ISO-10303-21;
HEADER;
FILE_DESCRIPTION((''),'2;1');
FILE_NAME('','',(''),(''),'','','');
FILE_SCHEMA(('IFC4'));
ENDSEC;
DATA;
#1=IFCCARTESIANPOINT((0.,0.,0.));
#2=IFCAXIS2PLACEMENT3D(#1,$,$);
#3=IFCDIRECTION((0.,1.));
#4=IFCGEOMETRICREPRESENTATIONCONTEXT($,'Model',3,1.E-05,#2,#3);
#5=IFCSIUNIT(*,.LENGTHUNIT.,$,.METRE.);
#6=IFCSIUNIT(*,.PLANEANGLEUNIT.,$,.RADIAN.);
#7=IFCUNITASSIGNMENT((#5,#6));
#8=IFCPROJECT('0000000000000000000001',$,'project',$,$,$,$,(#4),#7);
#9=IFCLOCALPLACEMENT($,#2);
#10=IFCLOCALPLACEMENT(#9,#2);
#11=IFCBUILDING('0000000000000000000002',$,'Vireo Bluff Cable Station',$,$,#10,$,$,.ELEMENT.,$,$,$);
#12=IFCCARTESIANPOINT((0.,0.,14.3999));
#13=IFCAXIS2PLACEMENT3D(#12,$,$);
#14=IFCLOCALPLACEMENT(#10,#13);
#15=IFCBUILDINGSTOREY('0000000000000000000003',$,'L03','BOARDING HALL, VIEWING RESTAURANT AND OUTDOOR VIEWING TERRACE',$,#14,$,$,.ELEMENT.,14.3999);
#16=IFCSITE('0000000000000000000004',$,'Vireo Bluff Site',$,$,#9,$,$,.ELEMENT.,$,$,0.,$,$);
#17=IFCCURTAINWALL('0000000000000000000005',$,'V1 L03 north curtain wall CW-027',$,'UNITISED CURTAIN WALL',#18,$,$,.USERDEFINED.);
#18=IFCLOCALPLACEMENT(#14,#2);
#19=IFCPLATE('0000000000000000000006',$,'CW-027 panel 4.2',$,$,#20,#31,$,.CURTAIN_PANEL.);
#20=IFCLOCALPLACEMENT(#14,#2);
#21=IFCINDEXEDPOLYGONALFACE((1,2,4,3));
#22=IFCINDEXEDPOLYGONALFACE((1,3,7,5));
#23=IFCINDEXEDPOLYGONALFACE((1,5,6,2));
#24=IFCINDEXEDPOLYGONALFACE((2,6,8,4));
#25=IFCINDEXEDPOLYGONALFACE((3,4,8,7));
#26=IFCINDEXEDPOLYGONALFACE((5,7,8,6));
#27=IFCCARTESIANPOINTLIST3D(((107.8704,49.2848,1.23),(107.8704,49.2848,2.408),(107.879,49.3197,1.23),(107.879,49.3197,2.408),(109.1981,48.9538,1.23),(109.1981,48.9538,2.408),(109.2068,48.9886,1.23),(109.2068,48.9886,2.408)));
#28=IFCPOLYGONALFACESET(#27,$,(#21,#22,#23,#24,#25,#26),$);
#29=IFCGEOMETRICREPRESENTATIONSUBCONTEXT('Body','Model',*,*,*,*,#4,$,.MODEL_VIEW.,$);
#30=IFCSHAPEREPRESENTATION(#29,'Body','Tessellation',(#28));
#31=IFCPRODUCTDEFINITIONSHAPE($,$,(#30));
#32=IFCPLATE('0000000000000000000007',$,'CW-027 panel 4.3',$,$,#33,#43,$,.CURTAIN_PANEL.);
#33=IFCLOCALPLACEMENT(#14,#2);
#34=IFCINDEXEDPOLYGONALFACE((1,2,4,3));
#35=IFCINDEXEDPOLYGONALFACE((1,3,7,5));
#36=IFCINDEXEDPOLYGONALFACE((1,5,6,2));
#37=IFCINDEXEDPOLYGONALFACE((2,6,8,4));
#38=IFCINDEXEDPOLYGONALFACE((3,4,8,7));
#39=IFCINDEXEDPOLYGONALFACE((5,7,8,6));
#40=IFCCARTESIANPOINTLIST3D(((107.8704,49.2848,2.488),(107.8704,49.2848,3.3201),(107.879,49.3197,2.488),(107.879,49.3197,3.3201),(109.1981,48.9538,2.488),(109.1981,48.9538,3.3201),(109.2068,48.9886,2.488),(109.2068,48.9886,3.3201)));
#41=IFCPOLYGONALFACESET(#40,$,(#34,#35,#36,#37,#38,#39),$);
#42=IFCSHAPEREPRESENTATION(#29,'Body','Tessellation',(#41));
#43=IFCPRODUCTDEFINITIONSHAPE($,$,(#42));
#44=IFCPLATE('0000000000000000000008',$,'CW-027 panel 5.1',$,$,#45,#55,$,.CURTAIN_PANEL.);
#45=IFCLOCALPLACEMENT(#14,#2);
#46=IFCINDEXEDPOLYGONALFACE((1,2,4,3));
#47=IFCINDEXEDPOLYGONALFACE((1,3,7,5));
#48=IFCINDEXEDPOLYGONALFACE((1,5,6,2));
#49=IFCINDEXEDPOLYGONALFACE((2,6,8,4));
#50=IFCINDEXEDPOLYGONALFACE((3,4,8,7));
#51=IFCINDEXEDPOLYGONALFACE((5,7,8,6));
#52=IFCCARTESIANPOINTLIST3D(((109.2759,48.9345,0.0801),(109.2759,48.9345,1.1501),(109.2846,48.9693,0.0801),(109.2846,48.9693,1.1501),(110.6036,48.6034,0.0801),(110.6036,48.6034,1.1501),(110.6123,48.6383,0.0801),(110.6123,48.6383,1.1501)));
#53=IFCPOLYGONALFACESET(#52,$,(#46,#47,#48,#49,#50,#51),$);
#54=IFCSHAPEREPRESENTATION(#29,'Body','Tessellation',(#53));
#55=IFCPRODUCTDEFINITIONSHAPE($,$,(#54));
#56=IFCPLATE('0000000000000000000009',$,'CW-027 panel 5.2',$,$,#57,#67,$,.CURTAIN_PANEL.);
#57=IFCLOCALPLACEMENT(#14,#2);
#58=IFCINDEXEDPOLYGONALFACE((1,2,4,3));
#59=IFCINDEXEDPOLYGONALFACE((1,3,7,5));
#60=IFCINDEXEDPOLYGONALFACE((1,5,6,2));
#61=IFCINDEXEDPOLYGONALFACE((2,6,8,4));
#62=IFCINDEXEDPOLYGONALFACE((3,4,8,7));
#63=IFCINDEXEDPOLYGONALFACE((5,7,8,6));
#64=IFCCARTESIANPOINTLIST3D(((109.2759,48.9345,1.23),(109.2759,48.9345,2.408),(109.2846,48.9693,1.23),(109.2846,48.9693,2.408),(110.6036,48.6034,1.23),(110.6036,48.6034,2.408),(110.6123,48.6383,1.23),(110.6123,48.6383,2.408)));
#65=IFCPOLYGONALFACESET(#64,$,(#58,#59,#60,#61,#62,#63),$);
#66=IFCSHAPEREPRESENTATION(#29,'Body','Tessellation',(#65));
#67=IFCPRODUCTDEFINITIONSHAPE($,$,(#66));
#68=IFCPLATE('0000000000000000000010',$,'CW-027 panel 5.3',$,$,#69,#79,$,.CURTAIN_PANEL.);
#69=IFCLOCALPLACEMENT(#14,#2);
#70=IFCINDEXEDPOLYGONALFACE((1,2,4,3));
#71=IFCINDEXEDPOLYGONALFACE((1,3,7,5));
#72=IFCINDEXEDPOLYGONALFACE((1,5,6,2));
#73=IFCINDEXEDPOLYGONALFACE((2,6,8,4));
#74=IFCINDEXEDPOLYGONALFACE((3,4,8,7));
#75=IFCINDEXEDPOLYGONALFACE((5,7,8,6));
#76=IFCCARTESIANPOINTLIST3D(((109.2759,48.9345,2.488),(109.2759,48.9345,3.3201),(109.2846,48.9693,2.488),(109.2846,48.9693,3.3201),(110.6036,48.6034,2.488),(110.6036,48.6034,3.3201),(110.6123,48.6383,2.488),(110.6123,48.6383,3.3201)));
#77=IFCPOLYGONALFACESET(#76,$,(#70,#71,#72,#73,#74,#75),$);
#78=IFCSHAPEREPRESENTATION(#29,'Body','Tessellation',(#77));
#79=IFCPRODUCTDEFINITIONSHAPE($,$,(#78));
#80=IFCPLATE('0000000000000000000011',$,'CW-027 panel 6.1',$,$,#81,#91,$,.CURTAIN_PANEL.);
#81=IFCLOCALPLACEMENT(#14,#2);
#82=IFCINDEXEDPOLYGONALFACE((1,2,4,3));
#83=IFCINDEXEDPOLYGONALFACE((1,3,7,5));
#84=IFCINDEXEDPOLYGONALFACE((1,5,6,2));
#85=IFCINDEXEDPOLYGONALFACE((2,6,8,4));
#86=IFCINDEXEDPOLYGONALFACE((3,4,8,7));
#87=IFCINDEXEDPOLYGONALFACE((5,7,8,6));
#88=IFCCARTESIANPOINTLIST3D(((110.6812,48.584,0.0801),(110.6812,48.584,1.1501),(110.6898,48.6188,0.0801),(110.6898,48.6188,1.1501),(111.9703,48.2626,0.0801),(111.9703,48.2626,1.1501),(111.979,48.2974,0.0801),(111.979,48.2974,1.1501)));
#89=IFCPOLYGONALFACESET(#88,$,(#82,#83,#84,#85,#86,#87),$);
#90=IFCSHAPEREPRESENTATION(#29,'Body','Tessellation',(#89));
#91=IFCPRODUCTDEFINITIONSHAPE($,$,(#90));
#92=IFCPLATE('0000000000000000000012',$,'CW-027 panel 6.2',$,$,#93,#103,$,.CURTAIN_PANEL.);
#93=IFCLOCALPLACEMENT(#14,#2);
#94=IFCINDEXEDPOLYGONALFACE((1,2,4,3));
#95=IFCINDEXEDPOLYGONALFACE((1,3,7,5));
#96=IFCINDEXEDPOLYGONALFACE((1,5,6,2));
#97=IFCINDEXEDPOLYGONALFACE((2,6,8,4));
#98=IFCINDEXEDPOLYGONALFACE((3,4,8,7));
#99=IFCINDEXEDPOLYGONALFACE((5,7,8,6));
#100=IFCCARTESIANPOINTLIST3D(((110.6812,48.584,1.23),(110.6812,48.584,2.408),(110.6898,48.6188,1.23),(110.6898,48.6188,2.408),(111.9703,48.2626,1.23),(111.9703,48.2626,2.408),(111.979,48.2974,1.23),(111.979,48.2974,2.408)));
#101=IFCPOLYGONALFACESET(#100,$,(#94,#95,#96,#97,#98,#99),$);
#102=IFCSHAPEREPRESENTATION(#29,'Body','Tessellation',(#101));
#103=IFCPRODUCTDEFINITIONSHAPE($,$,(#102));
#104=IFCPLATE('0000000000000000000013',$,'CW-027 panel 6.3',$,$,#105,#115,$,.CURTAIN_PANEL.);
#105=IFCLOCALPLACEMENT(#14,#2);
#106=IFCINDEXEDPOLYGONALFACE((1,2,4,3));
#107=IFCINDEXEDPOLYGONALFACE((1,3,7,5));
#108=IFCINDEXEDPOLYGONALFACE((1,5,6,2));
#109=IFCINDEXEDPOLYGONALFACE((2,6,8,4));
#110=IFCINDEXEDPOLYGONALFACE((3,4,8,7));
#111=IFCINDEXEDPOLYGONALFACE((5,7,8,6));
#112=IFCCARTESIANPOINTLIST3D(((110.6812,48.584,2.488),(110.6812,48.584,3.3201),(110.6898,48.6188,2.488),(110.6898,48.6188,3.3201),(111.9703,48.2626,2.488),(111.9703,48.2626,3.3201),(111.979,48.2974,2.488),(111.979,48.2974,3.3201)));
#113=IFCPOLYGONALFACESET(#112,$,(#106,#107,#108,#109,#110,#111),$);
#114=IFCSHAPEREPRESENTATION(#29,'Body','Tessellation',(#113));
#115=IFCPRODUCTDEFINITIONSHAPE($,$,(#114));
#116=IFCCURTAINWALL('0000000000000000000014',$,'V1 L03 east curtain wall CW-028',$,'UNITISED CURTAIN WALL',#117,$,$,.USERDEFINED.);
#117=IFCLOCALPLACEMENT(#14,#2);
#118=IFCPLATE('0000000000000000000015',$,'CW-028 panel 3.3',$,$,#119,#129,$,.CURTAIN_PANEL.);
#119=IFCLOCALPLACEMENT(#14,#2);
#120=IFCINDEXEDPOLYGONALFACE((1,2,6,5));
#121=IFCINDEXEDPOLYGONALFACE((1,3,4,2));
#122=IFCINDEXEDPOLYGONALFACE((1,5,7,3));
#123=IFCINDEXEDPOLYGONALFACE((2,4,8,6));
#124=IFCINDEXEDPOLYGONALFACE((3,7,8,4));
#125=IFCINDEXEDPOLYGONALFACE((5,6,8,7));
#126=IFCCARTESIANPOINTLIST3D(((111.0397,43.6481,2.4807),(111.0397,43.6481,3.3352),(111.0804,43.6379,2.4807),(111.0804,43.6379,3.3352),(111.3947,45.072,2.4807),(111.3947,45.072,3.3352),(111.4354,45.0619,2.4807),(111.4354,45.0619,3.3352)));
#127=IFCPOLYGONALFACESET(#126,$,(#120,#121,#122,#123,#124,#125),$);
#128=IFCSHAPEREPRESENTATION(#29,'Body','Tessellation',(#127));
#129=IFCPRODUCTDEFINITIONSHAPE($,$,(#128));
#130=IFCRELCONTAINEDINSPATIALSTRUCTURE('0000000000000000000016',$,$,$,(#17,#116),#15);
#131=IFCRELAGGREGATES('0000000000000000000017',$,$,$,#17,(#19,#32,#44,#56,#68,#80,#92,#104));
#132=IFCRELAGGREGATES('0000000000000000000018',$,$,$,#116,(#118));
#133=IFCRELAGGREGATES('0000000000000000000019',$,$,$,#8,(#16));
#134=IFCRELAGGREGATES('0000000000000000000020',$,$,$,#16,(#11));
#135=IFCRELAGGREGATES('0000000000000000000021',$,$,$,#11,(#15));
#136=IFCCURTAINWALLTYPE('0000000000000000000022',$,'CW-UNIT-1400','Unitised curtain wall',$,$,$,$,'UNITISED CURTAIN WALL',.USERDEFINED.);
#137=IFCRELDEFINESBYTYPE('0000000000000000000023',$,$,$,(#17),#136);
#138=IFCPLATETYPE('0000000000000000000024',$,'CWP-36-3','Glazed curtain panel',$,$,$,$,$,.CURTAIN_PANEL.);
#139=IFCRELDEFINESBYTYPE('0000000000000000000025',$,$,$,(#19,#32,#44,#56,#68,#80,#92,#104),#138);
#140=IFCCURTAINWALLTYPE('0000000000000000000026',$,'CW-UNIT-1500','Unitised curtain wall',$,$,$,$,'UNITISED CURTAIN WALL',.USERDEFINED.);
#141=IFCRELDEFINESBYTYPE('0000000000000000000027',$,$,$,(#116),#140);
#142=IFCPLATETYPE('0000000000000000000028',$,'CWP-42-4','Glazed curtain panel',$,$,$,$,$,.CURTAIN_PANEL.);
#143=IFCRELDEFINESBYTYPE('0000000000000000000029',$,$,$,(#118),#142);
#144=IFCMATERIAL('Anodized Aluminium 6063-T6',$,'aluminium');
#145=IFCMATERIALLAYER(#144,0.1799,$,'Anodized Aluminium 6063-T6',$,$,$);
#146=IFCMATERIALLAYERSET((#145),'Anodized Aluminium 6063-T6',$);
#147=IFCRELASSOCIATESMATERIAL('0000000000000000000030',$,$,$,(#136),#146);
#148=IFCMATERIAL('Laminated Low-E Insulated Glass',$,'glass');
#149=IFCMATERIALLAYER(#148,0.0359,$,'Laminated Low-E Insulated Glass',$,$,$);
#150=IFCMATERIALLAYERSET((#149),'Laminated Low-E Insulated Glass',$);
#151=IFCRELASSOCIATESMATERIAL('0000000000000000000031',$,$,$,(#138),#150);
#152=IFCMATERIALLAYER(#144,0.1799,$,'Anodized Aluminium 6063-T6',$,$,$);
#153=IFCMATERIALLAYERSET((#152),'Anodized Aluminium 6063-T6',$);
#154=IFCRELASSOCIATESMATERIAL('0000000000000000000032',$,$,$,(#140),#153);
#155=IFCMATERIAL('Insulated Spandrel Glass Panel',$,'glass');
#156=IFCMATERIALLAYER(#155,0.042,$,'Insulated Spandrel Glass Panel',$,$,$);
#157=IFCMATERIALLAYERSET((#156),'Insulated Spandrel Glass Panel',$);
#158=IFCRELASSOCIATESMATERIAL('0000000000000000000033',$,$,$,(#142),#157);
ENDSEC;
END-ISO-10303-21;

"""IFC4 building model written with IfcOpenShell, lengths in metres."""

from ifc_helpers import new_model, si_unit, direction, frame, origin, origin_2d, place, context, subcontext, project, spatial, rectangle, extrude, material, layer, layer_set, type_object, element, aggregate, save


model = new_model("IFC4")

# Units and contexts
model_context = context("Model", 3, precision=1e-05, world=origin(), true_north=direction((0.0, 1.0)))
body_context = subcontext(model_context, "Body", "Model", "MODEL_VIEW")
ifc_project = project(units=[si_unit("LENGTHUNIT", "METRE"), si_unit("PLANEANGLEUNIT", "RADIAN")], contexts=[model_context])

# Site, building, storey
site_placement = place(None, origin())
site = spatial("IfcSite", under=ifc_project, at=site_placement, Name="Vireo Bluff Site", CompositionType="ELEMENT", RefElevation=0.0)
building_placement = place(site_placement, origin())
building = spatial("IfcBuilding", under=site, at=building_placement, Name="Vireo Bluff Cable Station", CompositionType="ELEMENT")
storey_placement = place(building_placement, frame((0.0, 0.0, 14.3999)))
storey = spatial("IfcBuildingStorey", under=building, at=storey_placement, Name="L03", Description="BOARDING HALL, VIEWING RESTAURANT AND OUTDOOR VIEWING TERRACE", CompositionType="ELEMENT", Elevation=14.3999)

# Curtain wall, plates
ifc_material_1 = material(Name="Anodized Aluminium 6063-T6", Category="aluminium")
ifc_layer_1 = layer(ifc_material_1, 0.1799, Name="Anodized Aluminium 6063-T6")
ifc_layer_set_1 = layer_set([ifc_layer_1], Name="Anodized Aluminium 6063-T6")
curtain_wall_type_1 = type_object("IfcCurtainWallType", Name="CW-UNIT-1400", Description="Unitised curtain wall", ElementType="UNITISED CURTAIN WALL", PredefinedType="USERDEFINED", material=ifc_layer_set_1)
curtain_wall_1_placement = place(storey_placement, origin())
curtain_wall_1 = element("IfcCurtainWall", 1, at=curtain_wall_1_placement, inside=storey, type_object=curtain_wall_type_1, Name="V1 L03 north curtain wall CW-027", ObjectType="UNITISED CURTAIN WALL", PredefinedType="USERDEFINED")
ifc_material_2 = material(Name="Laminated Low-E Insulated Glass", Category="glass")
ifc_layer_2 = layer(ifc_material_2, 0.0359, Name="Laminated Low-E Insulated Glass")
ifc_layer_set_2 = layer_set([ifc_layer_2], Name="Laminated Low-E Insulated Glass")
plate_type_1 = type_object("IfcPlateType", Name="CWP-36-3", Description="Glazed curtain panel", PredefinedType="CURTAIN_PANEL", material=ifc_layer_set_2)
plate_1_placement = place(storey_placement, frame((108.5386, 49.1367, 1.23), z_axis=(0.0, 0.0, 1.0), x_axis=(0.970296, -0.241922, 0.0)))
plate_1 = element("IfcPlate", 2, at=plate_1_placement, type_object=plate_type_1, Name="CW-027 panel 4.2", PredefinedType="CURTAIN_PANEL", context=body_context, shape_type="SweptSolid", body=[
    extrude(rectangle(XDim=1.3684, YDim=0.0359, at=origin_2d()), origin(), (0.0, 0.0, 1.0), 1.178),
])
plate_2_placement = place(storey_placement, frame((108.5386, 49.1367, 2.488), z_axis=(0.0, 0.0, 1.0), x_axis=(0.970296, -0.241922, 0.0)))
plate_2 = element("IfcPlate", 3, at=plate_2_placement, type_object=plate_type_1, Name="CW-027 panel 4.3", PredefinedType="CURTAIN_PANEL", context=body_context, shape_type="SweptSolid", body=[
    extrude(rectangle(XDim=1.3684, YDim=0.0359, at=origin_2d()), origin(), (0.0, 0.0, 1.0), 0.832),
])
plate_3_placement = place(storey_placement, frame((109.9441, 48.7864, 0.0801), z_axis=(0.0, 0.0, 1.0), x_axis=(0.970296, -0.241922, 0.0)))
plate_3 = element("IfcPlate", 4, at=plate_3_placement, type_object=plate_type_1, Name="CW-027 panel 5.1", PredefinedType="CURTAIN_PANEL", context=body_context, shape_type="SweptSolid", body=[
    extrude(rectangle(XDim=1.3684, YDim=0.0359, at=origin_2d()), origin(), (0.0, 0.0, 1.0), 1.0701),
])
plate_4_placement = place(storey_placement, frame((109.9441, 48.7864, 1.23), z_axis=(0.0, 0.0, 1.0), x_axis=(0.970296, -0.241922, 0.0)))
plate_4 = element("IfcPlate", 5, at=plate_4_placement, type_object=plate_type_1, Name="CW-027 panel 5.2", PredefinedType="CURTAIN_PANEL", context=body_context, shape_type="SweptSolid", body=[
    extrude(rectangle(XDim=1.3684, YDim=0.0359, at=origin_2d()), origin(), (0.0, 0.0, 1.0), 1.178),
])
plate_5_placement = place(storey_placement, frame((109.9441, 48.7864, 2.488), z_axis=(0.0, 0.0, 1.0), x_axis=(0.970296, -0.241922, 0.0)))
plate_5 = element("IfcPlate", 6, at=plate_5_placement, type_object=plate_type_1, Name="CW-027 panel 5.3", PredefinedType="CURTAIN_PANEL", context=body_context, shape_type="SweptSolid", body=[
    extrude(rectangle(XDim=1.3684, YDim=0.0359, at=origin_2d()), origin(), (0.0, 0.0, 1.0), 0.832),
])
plate_6_placement = place(storey_placement, frame((111.3301, 48.4407, 0.0801), z_axis=(0.0, 0.0, 1.0), x_axis=(0.970296, -0.241922, 0.0)))
plate_6 = element("IfcPlate", 7, at=plate_6_placement, type_object=plate_type_1, Name="CW-027 panel 6.1", PredefinedType="CURTAIN_PANEL", context=body_context, shape_type="SweptSolid", body=[
    extrude(rectangle(XDim=1.3286, YDim=0.0359, at=origin_2d()), origin(), (0.0, 0.0, 1.0), 1.0701),
])
plate_7_placement = place(storey_placement, frame((111.3301, 48.4407, 1.23), z_axis=(0.0, 0.0, 1.0), x_axis=(0.970296, -0.241922, 0.0)))
plate_7 = element("IfcPlate", 8, at=plate_7_placement, type_object=plate_type_1, Name="CW-027 panel 6.2", PredefinedType="CURTAIN_PANEL", context=body_context, shape_type="SweptSolid", body=[
    extrude(rectangle(XDim=1.3286, YDim=0.0359, at=origin_2d()), origin(), (0.0, 0.0, 1.0), 1.178),
])
plate_8_placement = place(storey_placement, frame((111.3301, 48.4407, 2.488), z_axis=(0.0, 0.0, 1.0), x_axis=(0.970296, -0.241922, 0.0)))
plate_8 = element("IfcPlate", 9, at=plate_8_placement, type_object=plate_type_1, Name="CW-027 panel 6.3", PredefinedType="CURTAIN_PANEL", context=body_context, shape_type="SweptSolid", body=[
    extrude(rectangle(XDim=1.3286, YDim=0.0359, at=origin_2d()), origin(), (0.0, 0.0, 1.0), 0.832),
])
aggregate(curtain_wall_1, [plate_1, plate_2, plate_3, plate_4, plate_5, plate_6, plate_7, plate_8])

# Curtain wall, plate
ifc_layer_3 = layer(ifc_material_1, 0.1799, Name="Anodized Aluminium 6063-T6")
ifc_layer_set_3 = layer_set([ifc_layer_3], Name="Anodized Aluminium 6063-T6")
curtain_wall_type_2 = type_object("IfcCurtainWallType", Name="CW-UNIT-1500", Description="Unitised curtain wall", ElementType="UNITISED CURTAIN WALL", PredefinedType="USERDEFINED", material=ifc_layer_set_3)
curtain_wall_2_placement = place(storey_placement, origin())
curtain_wall_2 = element("IfcCurtainWall", 10, at=curtain_wall_2_placement, inside=storey, type_object=curtain_wall_type_2, Name="V1 L03 east curtain wall CW-028", ObjectType="UNITISED CURTAIN WALL", PredefinedType="USERDEFINED")
ifc_material_3 = material(Name="Insulated Spandrel Glass Panel", Category="glass")
ifc_layer_4 = layer(ifc_material_3, 0.042, Name="Insulated Spandrel Glass Panel")
ifc_layer_set_4 = layer_set([ifc_layer_4], Name="Insulated Spandrel Glass Panel")
plate_type_2 = type_object("IfcPlateType", Name="CWP-42-4", Description="Glazed curtain panel", PredefinedType="CURTAIN_PANEL", material=ifc_layer_set_4)
plate_9_placement = place(storey_placement, frame((111.2375, 44.355, 2.4807), z_axis=(0.0, 0.0, 1.0), x_axis=(-0.241922, -0.970296, 0.0)))
plate_9 = element("IfcPlate", 11, at=plate_9_placement, type_object=plate_type_2, Name="CW-028 panel 3.3", PredefinedType="CURTAIN_PANEL", context=body_context, shape_type="SweptSolid", body=[
    extrude(rectangle(XDim=1.4675, YDim=0.042, at=origin_2d()), origin(), (0.0, 0.0, 1.0), 0.8545),
])
aggregate(curtain_wall_2, [plate_9])

save(model, "model.ifc")
